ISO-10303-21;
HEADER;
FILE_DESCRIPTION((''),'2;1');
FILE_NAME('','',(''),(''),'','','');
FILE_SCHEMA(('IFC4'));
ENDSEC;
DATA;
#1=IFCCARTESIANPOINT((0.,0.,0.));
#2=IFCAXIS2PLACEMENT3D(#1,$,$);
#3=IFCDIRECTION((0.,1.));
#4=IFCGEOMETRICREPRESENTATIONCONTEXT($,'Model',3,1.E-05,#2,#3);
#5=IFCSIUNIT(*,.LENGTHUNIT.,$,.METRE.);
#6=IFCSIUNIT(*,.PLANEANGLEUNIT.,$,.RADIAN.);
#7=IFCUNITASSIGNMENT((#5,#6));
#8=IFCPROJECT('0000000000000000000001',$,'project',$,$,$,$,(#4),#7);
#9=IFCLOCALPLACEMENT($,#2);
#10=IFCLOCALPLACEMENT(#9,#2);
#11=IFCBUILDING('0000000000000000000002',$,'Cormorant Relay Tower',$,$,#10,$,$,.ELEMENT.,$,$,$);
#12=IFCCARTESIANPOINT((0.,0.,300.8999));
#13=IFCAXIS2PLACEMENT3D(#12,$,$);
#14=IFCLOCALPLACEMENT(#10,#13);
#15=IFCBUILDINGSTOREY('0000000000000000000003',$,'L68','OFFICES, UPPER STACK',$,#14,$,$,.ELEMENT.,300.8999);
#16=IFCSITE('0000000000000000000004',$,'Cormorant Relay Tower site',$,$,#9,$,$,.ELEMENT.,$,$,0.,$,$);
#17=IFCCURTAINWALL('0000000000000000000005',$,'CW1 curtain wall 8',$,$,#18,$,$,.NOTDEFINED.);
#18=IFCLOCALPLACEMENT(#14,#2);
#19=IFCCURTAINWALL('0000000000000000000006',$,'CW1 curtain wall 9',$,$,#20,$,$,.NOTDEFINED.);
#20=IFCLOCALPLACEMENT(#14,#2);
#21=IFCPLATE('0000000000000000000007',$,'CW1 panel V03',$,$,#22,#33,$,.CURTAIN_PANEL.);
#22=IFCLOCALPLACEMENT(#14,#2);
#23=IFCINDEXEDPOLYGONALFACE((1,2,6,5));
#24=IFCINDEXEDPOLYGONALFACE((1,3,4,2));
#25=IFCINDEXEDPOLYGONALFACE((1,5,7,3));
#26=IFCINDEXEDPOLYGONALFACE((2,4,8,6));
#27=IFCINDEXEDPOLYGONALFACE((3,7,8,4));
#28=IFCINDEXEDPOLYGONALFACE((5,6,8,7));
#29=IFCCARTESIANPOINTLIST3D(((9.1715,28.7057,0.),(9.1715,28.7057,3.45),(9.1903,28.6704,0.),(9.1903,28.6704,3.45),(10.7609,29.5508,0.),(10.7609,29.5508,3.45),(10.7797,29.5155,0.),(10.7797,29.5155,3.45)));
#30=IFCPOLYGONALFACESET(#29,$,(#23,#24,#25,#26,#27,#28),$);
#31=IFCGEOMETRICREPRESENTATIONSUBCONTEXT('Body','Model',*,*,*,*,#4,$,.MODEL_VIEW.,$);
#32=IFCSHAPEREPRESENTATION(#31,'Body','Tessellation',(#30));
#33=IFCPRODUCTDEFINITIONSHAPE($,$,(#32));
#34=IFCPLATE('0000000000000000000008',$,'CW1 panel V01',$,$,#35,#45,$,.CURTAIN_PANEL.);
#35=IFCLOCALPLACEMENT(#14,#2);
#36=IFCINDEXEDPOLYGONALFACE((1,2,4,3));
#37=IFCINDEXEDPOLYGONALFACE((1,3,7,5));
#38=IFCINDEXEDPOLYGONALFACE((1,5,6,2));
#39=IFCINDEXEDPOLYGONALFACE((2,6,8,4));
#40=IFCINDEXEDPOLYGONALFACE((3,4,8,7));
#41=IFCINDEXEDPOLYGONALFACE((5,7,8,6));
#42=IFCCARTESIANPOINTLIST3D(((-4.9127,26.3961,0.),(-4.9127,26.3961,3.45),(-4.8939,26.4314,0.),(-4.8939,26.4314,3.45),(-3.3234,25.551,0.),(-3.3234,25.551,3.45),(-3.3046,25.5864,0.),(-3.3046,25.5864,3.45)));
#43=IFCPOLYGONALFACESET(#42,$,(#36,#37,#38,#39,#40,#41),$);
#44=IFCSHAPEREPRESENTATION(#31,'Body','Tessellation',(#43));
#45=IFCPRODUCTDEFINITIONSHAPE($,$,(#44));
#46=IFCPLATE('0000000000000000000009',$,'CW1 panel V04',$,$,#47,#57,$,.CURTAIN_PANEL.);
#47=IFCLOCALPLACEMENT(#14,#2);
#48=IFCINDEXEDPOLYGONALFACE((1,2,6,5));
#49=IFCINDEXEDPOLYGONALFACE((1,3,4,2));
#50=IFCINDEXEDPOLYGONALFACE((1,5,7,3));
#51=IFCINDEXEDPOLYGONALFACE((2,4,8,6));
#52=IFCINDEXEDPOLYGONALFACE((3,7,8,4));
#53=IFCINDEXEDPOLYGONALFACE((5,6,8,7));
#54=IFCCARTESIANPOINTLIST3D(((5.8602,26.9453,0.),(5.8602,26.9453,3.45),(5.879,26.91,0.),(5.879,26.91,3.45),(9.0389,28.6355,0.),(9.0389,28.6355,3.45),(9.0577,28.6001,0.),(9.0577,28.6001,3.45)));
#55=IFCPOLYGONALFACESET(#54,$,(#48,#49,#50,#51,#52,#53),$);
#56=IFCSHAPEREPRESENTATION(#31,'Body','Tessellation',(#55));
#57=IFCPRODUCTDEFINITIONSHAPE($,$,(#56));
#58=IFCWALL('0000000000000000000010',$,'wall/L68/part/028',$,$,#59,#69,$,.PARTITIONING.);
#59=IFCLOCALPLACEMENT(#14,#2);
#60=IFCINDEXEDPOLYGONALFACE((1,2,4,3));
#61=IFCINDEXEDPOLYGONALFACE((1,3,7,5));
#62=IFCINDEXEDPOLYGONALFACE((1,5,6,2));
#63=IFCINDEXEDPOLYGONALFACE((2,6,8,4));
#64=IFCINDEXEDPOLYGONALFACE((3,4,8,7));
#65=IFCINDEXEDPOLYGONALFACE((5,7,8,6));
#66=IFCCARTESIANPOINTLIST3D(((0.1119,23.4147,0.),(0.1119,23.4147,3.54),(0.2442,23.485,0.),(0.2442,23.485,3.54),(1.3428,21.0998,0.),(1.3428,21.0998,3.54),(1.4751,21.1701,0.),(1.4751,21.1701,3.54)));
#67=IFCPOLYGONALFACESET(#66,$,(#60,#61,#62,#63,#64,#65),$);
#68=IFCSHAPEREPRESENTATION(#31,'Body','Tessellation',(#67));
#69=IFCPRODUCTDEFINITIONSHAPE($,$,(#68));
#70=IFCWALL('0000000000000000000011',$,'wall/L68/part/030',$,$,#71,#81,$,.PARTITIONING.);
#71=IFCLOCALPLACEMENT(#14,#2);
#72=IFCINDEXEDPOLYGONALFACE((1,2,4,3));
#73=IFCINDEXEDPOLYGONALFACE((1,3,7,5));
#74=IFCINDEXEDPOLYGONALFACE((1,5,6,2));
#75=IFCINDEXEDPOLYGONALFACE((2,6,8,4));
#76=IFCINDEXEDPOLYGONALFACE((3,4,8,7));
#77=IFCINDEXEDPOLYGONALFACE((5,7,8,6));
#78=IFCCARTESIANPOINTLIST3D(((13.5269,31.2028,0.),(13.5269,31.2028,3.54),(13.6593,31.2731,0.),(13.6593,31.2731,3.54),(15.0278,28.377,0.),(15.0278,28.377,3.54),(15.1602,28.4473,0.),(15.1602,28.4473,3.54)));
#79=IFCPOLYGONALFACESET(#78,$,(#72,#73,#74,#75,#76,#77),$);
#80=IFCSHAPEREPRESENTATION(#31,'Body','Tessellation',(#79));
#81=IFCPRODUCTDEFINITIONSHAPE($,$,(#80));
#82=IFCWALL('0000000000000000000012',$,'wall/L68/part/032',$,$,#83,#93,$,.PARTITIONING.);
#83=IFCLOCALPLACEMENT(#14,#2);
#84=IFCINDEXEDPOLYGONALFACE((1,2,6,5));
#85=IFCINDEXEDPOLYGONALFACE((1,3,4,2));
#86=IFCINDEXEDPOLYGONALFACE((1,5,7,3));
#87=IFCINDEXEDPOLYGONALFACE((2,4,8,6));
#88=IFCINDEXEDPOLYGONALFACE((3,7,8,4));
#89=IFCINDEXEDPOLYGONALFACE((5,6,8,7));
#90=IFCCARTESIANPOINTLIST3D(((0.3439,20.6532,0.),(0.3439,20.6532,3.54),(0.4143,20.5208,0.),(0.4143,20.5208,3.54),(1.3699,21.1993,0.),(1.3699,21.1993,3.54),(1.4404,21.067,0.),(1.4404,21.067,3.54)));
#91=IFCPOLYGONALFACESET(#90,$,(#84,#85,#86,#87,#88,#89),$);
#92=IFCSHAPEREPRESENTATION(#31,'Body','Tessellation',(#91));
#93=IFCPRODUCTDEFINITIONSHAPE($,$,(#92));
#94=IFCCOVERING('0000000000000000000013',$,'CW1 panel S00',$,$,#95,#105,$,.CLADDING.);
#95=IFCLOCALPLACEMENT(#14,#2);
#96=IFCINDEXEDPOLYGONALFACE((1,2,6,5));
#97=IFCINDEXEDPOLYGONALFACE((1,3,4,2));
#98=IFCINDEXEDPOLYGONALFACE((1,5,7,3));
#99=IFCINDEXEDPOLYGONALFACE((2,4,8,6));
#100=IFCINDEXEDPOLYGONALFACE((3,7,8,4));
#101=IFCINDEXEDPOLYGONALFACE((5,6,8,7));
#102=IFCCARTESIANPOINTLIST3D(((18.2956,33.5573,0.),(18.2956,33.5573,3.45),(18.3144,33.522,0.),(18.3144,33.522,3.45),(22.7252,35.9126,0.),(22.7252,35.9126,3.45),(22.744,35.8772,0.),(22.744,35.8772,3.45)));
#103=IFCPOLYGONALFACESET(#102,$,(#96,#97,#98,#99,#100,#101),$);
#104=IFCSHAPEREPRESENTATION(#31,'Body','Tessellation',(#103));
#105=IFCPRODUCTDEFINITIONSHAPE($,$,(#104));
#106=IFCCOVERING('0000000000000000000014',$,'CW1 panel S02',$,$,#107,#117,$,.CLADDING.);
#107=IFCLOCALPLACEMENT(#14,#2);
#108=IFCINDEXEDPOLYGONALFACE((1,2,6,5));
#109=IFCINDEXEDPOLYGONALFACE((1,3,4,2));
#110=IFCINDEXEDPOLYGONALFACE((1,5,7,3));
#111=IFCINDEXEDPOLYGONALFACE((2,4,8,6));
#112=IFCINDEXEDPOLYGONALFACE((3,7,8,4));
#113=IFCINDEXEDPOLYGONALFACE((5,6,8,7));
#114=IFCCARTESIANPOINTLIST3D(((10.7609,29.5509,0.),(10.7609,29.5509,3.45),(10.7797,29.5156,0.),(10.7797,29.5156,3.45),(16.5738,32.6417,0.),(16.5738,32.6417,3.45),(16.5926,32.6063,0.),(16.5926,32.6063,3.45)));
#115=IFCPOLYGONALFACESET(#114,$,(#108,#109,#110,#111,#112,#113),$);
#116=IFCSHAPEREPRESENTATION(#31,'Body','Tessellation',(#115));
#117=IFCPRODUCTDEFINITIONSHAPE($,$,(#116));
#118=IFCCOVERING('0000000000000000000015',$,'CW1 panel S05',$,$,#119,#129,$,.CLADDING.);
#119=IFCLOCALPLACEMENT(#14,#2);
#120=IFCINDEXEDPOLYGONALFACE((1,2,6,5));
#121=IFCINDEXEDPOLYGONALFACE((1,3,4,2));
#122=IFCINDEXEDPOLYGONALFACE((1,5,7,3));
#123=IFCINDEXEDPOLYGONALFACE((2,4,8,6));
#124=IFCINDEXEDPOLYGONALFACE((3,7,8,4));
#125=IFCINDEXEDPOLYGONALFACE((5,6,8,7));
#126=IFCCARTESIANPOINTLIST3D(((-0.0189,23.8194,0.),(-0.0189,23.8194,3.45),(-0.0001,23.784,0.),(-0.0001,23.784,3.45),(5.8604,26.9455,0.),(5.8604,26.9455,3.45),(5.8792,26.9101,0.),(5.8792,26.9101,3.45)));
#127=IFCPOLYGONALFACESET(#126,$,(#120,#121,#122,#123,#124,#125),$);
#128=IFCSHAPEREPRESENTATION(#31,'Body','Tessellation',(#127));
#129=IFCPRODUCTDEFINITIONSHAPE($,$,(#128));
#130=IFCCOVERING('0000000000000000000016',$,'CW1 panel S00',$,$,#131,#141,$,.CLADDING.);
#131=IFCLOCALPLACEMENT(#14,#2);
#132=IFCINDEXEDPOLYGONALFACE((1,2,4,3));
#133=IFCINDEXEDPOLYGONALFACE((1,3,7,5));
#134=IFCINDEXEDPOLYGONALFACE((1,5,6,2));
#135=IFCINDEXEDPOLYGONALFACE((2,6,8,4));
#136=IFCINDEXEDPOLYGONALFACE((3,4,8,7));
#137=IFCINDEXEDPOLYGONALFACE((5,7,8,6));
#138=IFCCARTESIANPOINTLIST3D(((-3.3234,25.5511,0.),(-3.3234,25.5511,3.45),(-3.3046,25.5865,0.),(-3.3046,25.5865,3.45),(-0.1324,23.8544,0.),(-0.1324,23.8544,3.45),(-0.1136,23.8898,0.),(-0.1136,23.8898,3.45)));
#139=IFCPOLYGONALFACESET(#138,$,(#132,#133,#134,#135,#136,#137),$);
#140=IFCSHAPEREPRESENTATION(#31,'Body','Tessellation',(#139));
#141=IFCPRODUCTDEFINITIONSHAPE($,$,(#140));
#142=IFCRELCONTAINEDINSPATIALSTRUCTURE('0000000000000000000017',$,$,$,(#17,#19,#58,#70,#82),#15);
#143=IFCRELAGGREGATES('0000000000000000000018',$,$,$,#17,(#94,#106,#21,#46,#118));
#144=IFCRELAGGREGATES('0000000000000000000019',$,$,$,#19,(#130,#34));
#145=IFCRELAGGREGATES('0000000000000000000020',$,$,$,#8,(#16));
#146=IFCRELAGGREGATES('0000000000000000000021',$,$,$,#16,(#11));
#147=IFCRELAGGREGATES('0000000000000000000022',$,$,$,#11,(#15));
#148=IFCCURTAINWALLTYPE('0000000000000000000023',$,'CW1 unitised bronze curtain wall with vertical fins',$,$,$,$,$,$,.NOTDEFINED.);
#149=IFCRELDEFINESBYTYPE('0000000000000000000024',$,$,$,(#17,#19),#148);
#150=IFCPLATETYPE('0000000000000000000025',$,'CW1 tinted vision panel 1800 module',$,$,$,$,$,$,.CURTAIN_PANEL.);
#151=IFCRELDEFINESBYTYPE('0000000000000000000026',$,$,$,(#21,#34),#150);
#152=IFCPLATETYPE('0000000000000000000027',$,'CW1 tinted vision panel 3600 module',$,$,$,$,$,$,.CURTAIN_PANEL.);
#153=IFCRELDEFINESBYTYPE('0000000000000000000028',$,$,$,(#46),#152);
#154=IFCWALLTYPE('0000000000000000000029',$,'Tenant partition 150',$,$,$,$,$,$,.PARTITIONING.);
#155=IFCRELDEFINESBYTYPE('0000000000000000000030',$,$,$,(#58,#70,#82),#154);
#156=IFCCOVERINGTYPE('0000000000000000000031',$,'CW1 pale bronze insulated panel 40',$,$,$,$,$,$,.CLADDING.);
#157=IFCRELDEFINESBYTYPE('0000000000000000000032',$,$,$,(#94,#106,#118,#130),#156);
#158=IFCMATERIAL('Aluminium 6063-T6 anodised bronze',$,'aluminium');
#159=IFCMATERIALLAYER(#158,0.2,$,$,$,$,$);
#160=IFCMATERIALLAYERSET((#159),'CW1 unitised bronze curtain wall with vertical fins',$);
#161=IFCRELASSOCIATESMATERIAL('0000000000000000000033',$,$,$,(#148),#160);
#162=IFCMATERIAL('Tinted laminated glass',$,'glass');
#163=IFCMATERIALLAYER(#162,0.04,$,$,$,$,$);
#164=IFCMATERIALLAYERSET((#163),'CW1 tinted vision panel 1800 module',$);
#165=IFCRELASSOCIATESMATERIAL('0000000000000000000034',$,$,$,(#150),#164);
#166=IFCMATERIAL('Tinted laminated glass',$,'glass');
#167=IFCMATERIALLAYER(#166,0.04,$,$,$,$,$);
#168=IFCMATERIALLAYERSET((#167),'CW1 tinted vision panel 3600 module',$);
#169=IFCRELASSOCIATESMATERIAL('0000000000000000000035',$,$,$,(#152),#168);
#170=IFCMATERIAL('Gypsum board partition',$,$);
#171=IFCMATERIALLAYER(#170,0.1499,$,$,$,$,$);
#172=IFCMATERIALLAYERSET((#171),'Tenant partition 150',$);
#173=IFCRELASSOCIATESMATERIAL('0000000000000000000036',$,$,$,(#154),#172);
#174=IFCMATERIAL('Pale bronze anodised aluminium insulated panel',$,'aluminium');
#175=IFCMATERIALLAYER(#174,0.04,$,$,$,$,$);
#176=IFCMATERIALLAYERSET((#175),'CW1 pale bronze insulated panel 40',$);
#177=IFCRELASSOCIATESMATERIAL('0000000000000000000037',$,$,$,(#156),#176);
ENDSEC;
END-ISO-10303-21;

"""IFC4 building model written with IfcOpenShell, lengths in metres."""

from ifc_helpers import new_model, si_unit, direction, frame, frame_2d, origin, origin_2d, place, context, subcontext, project, spatial, rectangle, extrude, material, layer, layer_set, type_object, element, aggregate, save


model = new_model("IFC4")

# Units and contexts
model_context = context("Model", 3, precision=1e-05, world=origin(), true_north=direction((0.0, 1.0)))
body_context = subcontext(model_context, "Body", "Model", "MODEL_VIEW")
ifc_project = project(units=[si_unit("LENGTHUNIT", "METRE"), si_unit("PLANEANGLEUNIT", "RADIAN")], contexts=[model_context])

# Site, building, storey
site_placement = place(None, origin())
site = spatial("IfcSite", under=ifc_project, at=site_placement, Name="Cormorant Relay Tower site", CompositionType="ELEMENT", RefElevation=0.0)
building_placement = place(site_placement, origin())
building = spatial("IfcBuilding", under=site, at=building_placement, Name="Cormorant Relay Tower", CompositionType="ELEMENT")
storey_placement = place(building_placement, frame((0.0, 0.0, 300.8999)))
storey = spatial("IfcBuildingStorey", under=building, at=storey_placement, Name="L68", Description="OFFICES, UPPER STACK", CompositionType="ELEMENT", Elevation=300.8999)

# Curtain wall
ifc_material_1 = material(Name="Aluminium 6063-T6 anodised bronze", Category="aluminium")
ifc_layer_1 = layer(ifc_material_1, 0.2)
ifc_layer_set_1 = layer_set([ifc_layer_1], Name="CW1 unitised bronze curtain wall with vertical fins")
curtain_wall_type = type_object("IfcCurtainWallType", Name="CW1 unitised bronze curtain wall with vertical fins", PredefinedType="NOTDEFINED", material=ifc_layer_set_1)
curtain_wall_1_placement = place(storey_placement, origin())
curtain_wall_1 = element("IfcCurtainWall", 1, at=curtain_wall_1_placement, inside=storey, type_object=curtain_wall_type, Name="CW1 curtain wall 8", PredefinedType="NOTDEFINED")

# Curtain wall
curtain_wall_2_placement = place(storey_placement, origin())
curtain_wall_2 = element("IfcCurtainWall", 2, at=curtain_wall_2_placement, inside=storey, type_object=curtain_wall_type, Name="CW1 curtain wall 9", PredefinedType="NOTDEFINED")

# Shared definitions
ifc_material_2 = material(Name="Tinted laminated glass", Category="glass")
ifc_layer_2 = layer(ifc_material_2, 0.04)
ifc_layer_set_2 = layer_set([ifc_layer_2], Name="CW1 tinted vision panel 1800 module")
plate_type_1 = type_object("IfcPlateType", Name="CW1 tinted vision panel 1800 module", PredefinedType="CURTAIN_PANEL", material=ifc_layer_set_2)

# Plates
plate_1_placement = place(storey_placement, frame((9.9756, 29.1106, 0.0), z_axis=(0.0, 0.0, 1.0), x_axis=(-0.882948, -0.469472, 0.0)))
plate_1 = element("IfcPlate", 3, at=plate_1_placement, type_object=plate_type_1, Name="CW1 panel V03", PredefinedType="CURTAIN_PANEL", context=body_context, shape_type="SweptSolid", body=[
    extrude(rectangle(XDim=1.8, YDim=0.04, at=origin_2d()), origin(), (0.0, 0.0, 1.0), 3.45),
])
plate_2_placement = place(storey_placement, frame((-4.1086, 25.9912, 0.0), z_axis=(0.0, 0.0, 1.0), x_axis=(-0.882948, 0.469472, 0.0)))
plate_2 = element("IfcPlate", 4, at=plate_2_placement, type_object=plate_type_1, Name="CW1 panel V01", PredefinedType="CURTAIN_PANEL", context=body_context, shape_type="SweptSolid", body=[
    extrude(rectangle(XDim=1.8, YDim=0.04, at=origin_2d()), origin(), (0.0, 0.0, 1.0), 3.45),
])
ifc_material_3 = material(Name="Tinted laminated glass", Category="glass")
ifc_layer_3 = layer(ifc_material_3, 0.04)
ifc_layer_set_3 = layer_set([ifc_layer_3], Name="CW1 tinted vision panel 3600 module")
plate_type_2 = type_object("IfcPlateType", Name="CW1 tinted vision panel 3600 module", PredefinedType="CURTAIN_PANEL", material=ifc_layer_set_3)
plate_3_placement = place(storey_placement, frame((7.459, 27.7727, 0.0), z_axis=(0.0, 0.0, 1.0), x_axis=(-0.882948, -0.469472, 0.0)))
plate_3 = element("IfcPlate", 5, at=plate_3_placement, type_object=plate_type_2, Name="CW1 panel V04", PredefinedType="CURTAIN_PANEL", context=body_context, shape_type="SweptSolid", body=[
    extrude(rectangle(XDim=3.6001, YDim=0.04, at=origin_2d()), origin(), (0.0, 0.0, 1.0), 3.45),
])

# Walls
ifc_material_4 = material(Name="Gypsum board partition")
ifc_layer_4 = layer(ifc_material_4, 0.1499)
ifc_layer_set_4 = layer_set([ifc_layer_4], Name="Tenant partition 150")
wall_type = type_object("IfcWallType", Name="Tenant partition 150", PredefinedType="PARTITIONING", material=ifc_layer_set_4)
wall_1_placement = place(storey_placement, frame((0.178, 23.45, 0.0), z_axis=(0.0, 0.0, 1.0), x_axis=(0.469496, -0.882935, 0.0)))
element("IfcWall", 6, at=wall_1_placement, inside=storey, type_object=wall_type, Name="wall/L68/part/028", PredefinedType="PARTITIONING", context=body_context, shape_type="SweptSolid", body=[
    extrude(rectangle(XDim=2.6218, YDim=0.1499, at=frame_2d((1.311, 0.0))), origin(), (0.0, 0.0, 1.0), 3.54),
])
wall_2_placement = place(storey_placement, frame((15.094, 28.4121, 0.0), z_axis=(0.0, 0.0, 1.0), x_axis=(-0.469083, 0.883154, 0.0)))
element("IfcWall", 7, at=wall_2_placement, inside=storey, type_object=wall_type, Name="wall/L68/part/030", PredefinedType="PARTITIONING", context=body_context, shape_type="SweptSolid", body=[
    extrude(rectangle(XDim=3.1997, YDim=0.1499, at=frame_2d((1.5999, 0.0))), origin(), (0.0, 0.0, 1.0), 3.54),
])
wall_3_placement = place(storey_placement, frame((1.405, 21.1331, 0.0), z_axis=(0.0, 0.0, 1.0), x_axis=(-0.882754, -0.469836, 0.0)))
element("IfcWall", 8, at=wall_3_placement, inside=storey, type_object=wall_type, Name="wall/L68/part/032", PredefinedType="PARTITIONING", context=body_context, shape_type="SweptSolid", body=[
    extrude(rectangle(XDim=1.1624, YDim=0.1499, at=frame_2d((0.5811, 0.0))), origin(), (0.0, 0.0, 1.0), 3.54),
])

# Coverings
ifc_material_5 = material(Name="Pale bronze anodised aluminium insulated panel", Category="aluminium")
ifc_layer_5 = layer(ifc_material_5, 0.04)
ifc_layer_set_5 = layer_set([ifc_layer_5], Name="CW1 pale bronze insulated panel 40")
covering_type = type_object("IfcCoveringType", Name="CW1 pale bronze insulated panel 40", PredefinedType="CLADDING", material=ifc_layer_set_5)
covering_1_placement = place(storey_placement, frame((20.5198, 34.7173, 0.0), z_axis=(0.0, 0.0, 1.0), x_axis=(-0.882948, -0.469472, 0.0)))
covering_1 = element("IfcCovering", 9, at=covering_1_placement, type_object=covering_type, Name="CW1 panel S00", PredefinedType="CLADDING", context=body_context, shape_type="SweptSolid", body=[
    extrude(rectangle(XDim=5.0168, YDim=0.04, at=origin_2d()), origin(), (0.0, 0.0, 1.0), 3.45),
])
covering_2_placement = place(storey_placement, frame((13.6768, 31.0786, 0.0), z_axis=(0.0, 0.0, 1.0), x_axis=(-0.882948, -0.469472, 0.0)))
covering_2 = element("IfcCovering", 10, at=covering_2_placement, type_object=covering_type, Name="CW1 panel S02", PredefinedType="CLADDING", context=body_context, shape_type="SweptSolid", body=[
    extrude(rectangle(XDim=6.5835, YDim=0.04, at=origin_2d()), origin(), (0.0, 0.0, 1.0), 3.45),
])
covering_3_placement = place(storey_placement, frame((2.9302, 25.3647, 0.0), z_axis=(0.0, 0.0, 1.0), x_axis=(-0.882948, -0.469472, 0.0)))
covering_3 = element("IfcCovering", 11, at=covering_3_placement, type_object=covering_type, Name="CW1 panel S05", PredefinedType="CLADDING", context=body_context, shape_type="SweptSolid", body=[
    extrude(rectangle(XDim=6.6587, YDim=0.04, at=origin_2d()), origin(), (0.0, 0.0, 1.0), 3.45),
])
aggregate(curtain_wall_1, [covering_1, covering_2, plate_1, plate_3, covering_3])
covering_4_placement = place(storey_placement, frame((-1.7185, 24.7205, 0.0), z_axis=(0.0, 0.0, 1.0), x_axis=(-0.882948, 0.469472, 0.0)))
covering_4 = element("IfcCovering", 12, at=covering_4_placement, type_object=covering_type, Name="CW1 panel S00", PredefinedType="CLADDING", context=body_context, shape_type="SweptSolid", body=[
    extrude(rectangle(XDim=3.614, YDim=0.04, at=origin_2d()), origin(), (0.0, 0.0, 1.0), 3.45),
])
aggregate(curtain_wall_2, [covering_4, plate_2])

save(model, "model.ifc")
